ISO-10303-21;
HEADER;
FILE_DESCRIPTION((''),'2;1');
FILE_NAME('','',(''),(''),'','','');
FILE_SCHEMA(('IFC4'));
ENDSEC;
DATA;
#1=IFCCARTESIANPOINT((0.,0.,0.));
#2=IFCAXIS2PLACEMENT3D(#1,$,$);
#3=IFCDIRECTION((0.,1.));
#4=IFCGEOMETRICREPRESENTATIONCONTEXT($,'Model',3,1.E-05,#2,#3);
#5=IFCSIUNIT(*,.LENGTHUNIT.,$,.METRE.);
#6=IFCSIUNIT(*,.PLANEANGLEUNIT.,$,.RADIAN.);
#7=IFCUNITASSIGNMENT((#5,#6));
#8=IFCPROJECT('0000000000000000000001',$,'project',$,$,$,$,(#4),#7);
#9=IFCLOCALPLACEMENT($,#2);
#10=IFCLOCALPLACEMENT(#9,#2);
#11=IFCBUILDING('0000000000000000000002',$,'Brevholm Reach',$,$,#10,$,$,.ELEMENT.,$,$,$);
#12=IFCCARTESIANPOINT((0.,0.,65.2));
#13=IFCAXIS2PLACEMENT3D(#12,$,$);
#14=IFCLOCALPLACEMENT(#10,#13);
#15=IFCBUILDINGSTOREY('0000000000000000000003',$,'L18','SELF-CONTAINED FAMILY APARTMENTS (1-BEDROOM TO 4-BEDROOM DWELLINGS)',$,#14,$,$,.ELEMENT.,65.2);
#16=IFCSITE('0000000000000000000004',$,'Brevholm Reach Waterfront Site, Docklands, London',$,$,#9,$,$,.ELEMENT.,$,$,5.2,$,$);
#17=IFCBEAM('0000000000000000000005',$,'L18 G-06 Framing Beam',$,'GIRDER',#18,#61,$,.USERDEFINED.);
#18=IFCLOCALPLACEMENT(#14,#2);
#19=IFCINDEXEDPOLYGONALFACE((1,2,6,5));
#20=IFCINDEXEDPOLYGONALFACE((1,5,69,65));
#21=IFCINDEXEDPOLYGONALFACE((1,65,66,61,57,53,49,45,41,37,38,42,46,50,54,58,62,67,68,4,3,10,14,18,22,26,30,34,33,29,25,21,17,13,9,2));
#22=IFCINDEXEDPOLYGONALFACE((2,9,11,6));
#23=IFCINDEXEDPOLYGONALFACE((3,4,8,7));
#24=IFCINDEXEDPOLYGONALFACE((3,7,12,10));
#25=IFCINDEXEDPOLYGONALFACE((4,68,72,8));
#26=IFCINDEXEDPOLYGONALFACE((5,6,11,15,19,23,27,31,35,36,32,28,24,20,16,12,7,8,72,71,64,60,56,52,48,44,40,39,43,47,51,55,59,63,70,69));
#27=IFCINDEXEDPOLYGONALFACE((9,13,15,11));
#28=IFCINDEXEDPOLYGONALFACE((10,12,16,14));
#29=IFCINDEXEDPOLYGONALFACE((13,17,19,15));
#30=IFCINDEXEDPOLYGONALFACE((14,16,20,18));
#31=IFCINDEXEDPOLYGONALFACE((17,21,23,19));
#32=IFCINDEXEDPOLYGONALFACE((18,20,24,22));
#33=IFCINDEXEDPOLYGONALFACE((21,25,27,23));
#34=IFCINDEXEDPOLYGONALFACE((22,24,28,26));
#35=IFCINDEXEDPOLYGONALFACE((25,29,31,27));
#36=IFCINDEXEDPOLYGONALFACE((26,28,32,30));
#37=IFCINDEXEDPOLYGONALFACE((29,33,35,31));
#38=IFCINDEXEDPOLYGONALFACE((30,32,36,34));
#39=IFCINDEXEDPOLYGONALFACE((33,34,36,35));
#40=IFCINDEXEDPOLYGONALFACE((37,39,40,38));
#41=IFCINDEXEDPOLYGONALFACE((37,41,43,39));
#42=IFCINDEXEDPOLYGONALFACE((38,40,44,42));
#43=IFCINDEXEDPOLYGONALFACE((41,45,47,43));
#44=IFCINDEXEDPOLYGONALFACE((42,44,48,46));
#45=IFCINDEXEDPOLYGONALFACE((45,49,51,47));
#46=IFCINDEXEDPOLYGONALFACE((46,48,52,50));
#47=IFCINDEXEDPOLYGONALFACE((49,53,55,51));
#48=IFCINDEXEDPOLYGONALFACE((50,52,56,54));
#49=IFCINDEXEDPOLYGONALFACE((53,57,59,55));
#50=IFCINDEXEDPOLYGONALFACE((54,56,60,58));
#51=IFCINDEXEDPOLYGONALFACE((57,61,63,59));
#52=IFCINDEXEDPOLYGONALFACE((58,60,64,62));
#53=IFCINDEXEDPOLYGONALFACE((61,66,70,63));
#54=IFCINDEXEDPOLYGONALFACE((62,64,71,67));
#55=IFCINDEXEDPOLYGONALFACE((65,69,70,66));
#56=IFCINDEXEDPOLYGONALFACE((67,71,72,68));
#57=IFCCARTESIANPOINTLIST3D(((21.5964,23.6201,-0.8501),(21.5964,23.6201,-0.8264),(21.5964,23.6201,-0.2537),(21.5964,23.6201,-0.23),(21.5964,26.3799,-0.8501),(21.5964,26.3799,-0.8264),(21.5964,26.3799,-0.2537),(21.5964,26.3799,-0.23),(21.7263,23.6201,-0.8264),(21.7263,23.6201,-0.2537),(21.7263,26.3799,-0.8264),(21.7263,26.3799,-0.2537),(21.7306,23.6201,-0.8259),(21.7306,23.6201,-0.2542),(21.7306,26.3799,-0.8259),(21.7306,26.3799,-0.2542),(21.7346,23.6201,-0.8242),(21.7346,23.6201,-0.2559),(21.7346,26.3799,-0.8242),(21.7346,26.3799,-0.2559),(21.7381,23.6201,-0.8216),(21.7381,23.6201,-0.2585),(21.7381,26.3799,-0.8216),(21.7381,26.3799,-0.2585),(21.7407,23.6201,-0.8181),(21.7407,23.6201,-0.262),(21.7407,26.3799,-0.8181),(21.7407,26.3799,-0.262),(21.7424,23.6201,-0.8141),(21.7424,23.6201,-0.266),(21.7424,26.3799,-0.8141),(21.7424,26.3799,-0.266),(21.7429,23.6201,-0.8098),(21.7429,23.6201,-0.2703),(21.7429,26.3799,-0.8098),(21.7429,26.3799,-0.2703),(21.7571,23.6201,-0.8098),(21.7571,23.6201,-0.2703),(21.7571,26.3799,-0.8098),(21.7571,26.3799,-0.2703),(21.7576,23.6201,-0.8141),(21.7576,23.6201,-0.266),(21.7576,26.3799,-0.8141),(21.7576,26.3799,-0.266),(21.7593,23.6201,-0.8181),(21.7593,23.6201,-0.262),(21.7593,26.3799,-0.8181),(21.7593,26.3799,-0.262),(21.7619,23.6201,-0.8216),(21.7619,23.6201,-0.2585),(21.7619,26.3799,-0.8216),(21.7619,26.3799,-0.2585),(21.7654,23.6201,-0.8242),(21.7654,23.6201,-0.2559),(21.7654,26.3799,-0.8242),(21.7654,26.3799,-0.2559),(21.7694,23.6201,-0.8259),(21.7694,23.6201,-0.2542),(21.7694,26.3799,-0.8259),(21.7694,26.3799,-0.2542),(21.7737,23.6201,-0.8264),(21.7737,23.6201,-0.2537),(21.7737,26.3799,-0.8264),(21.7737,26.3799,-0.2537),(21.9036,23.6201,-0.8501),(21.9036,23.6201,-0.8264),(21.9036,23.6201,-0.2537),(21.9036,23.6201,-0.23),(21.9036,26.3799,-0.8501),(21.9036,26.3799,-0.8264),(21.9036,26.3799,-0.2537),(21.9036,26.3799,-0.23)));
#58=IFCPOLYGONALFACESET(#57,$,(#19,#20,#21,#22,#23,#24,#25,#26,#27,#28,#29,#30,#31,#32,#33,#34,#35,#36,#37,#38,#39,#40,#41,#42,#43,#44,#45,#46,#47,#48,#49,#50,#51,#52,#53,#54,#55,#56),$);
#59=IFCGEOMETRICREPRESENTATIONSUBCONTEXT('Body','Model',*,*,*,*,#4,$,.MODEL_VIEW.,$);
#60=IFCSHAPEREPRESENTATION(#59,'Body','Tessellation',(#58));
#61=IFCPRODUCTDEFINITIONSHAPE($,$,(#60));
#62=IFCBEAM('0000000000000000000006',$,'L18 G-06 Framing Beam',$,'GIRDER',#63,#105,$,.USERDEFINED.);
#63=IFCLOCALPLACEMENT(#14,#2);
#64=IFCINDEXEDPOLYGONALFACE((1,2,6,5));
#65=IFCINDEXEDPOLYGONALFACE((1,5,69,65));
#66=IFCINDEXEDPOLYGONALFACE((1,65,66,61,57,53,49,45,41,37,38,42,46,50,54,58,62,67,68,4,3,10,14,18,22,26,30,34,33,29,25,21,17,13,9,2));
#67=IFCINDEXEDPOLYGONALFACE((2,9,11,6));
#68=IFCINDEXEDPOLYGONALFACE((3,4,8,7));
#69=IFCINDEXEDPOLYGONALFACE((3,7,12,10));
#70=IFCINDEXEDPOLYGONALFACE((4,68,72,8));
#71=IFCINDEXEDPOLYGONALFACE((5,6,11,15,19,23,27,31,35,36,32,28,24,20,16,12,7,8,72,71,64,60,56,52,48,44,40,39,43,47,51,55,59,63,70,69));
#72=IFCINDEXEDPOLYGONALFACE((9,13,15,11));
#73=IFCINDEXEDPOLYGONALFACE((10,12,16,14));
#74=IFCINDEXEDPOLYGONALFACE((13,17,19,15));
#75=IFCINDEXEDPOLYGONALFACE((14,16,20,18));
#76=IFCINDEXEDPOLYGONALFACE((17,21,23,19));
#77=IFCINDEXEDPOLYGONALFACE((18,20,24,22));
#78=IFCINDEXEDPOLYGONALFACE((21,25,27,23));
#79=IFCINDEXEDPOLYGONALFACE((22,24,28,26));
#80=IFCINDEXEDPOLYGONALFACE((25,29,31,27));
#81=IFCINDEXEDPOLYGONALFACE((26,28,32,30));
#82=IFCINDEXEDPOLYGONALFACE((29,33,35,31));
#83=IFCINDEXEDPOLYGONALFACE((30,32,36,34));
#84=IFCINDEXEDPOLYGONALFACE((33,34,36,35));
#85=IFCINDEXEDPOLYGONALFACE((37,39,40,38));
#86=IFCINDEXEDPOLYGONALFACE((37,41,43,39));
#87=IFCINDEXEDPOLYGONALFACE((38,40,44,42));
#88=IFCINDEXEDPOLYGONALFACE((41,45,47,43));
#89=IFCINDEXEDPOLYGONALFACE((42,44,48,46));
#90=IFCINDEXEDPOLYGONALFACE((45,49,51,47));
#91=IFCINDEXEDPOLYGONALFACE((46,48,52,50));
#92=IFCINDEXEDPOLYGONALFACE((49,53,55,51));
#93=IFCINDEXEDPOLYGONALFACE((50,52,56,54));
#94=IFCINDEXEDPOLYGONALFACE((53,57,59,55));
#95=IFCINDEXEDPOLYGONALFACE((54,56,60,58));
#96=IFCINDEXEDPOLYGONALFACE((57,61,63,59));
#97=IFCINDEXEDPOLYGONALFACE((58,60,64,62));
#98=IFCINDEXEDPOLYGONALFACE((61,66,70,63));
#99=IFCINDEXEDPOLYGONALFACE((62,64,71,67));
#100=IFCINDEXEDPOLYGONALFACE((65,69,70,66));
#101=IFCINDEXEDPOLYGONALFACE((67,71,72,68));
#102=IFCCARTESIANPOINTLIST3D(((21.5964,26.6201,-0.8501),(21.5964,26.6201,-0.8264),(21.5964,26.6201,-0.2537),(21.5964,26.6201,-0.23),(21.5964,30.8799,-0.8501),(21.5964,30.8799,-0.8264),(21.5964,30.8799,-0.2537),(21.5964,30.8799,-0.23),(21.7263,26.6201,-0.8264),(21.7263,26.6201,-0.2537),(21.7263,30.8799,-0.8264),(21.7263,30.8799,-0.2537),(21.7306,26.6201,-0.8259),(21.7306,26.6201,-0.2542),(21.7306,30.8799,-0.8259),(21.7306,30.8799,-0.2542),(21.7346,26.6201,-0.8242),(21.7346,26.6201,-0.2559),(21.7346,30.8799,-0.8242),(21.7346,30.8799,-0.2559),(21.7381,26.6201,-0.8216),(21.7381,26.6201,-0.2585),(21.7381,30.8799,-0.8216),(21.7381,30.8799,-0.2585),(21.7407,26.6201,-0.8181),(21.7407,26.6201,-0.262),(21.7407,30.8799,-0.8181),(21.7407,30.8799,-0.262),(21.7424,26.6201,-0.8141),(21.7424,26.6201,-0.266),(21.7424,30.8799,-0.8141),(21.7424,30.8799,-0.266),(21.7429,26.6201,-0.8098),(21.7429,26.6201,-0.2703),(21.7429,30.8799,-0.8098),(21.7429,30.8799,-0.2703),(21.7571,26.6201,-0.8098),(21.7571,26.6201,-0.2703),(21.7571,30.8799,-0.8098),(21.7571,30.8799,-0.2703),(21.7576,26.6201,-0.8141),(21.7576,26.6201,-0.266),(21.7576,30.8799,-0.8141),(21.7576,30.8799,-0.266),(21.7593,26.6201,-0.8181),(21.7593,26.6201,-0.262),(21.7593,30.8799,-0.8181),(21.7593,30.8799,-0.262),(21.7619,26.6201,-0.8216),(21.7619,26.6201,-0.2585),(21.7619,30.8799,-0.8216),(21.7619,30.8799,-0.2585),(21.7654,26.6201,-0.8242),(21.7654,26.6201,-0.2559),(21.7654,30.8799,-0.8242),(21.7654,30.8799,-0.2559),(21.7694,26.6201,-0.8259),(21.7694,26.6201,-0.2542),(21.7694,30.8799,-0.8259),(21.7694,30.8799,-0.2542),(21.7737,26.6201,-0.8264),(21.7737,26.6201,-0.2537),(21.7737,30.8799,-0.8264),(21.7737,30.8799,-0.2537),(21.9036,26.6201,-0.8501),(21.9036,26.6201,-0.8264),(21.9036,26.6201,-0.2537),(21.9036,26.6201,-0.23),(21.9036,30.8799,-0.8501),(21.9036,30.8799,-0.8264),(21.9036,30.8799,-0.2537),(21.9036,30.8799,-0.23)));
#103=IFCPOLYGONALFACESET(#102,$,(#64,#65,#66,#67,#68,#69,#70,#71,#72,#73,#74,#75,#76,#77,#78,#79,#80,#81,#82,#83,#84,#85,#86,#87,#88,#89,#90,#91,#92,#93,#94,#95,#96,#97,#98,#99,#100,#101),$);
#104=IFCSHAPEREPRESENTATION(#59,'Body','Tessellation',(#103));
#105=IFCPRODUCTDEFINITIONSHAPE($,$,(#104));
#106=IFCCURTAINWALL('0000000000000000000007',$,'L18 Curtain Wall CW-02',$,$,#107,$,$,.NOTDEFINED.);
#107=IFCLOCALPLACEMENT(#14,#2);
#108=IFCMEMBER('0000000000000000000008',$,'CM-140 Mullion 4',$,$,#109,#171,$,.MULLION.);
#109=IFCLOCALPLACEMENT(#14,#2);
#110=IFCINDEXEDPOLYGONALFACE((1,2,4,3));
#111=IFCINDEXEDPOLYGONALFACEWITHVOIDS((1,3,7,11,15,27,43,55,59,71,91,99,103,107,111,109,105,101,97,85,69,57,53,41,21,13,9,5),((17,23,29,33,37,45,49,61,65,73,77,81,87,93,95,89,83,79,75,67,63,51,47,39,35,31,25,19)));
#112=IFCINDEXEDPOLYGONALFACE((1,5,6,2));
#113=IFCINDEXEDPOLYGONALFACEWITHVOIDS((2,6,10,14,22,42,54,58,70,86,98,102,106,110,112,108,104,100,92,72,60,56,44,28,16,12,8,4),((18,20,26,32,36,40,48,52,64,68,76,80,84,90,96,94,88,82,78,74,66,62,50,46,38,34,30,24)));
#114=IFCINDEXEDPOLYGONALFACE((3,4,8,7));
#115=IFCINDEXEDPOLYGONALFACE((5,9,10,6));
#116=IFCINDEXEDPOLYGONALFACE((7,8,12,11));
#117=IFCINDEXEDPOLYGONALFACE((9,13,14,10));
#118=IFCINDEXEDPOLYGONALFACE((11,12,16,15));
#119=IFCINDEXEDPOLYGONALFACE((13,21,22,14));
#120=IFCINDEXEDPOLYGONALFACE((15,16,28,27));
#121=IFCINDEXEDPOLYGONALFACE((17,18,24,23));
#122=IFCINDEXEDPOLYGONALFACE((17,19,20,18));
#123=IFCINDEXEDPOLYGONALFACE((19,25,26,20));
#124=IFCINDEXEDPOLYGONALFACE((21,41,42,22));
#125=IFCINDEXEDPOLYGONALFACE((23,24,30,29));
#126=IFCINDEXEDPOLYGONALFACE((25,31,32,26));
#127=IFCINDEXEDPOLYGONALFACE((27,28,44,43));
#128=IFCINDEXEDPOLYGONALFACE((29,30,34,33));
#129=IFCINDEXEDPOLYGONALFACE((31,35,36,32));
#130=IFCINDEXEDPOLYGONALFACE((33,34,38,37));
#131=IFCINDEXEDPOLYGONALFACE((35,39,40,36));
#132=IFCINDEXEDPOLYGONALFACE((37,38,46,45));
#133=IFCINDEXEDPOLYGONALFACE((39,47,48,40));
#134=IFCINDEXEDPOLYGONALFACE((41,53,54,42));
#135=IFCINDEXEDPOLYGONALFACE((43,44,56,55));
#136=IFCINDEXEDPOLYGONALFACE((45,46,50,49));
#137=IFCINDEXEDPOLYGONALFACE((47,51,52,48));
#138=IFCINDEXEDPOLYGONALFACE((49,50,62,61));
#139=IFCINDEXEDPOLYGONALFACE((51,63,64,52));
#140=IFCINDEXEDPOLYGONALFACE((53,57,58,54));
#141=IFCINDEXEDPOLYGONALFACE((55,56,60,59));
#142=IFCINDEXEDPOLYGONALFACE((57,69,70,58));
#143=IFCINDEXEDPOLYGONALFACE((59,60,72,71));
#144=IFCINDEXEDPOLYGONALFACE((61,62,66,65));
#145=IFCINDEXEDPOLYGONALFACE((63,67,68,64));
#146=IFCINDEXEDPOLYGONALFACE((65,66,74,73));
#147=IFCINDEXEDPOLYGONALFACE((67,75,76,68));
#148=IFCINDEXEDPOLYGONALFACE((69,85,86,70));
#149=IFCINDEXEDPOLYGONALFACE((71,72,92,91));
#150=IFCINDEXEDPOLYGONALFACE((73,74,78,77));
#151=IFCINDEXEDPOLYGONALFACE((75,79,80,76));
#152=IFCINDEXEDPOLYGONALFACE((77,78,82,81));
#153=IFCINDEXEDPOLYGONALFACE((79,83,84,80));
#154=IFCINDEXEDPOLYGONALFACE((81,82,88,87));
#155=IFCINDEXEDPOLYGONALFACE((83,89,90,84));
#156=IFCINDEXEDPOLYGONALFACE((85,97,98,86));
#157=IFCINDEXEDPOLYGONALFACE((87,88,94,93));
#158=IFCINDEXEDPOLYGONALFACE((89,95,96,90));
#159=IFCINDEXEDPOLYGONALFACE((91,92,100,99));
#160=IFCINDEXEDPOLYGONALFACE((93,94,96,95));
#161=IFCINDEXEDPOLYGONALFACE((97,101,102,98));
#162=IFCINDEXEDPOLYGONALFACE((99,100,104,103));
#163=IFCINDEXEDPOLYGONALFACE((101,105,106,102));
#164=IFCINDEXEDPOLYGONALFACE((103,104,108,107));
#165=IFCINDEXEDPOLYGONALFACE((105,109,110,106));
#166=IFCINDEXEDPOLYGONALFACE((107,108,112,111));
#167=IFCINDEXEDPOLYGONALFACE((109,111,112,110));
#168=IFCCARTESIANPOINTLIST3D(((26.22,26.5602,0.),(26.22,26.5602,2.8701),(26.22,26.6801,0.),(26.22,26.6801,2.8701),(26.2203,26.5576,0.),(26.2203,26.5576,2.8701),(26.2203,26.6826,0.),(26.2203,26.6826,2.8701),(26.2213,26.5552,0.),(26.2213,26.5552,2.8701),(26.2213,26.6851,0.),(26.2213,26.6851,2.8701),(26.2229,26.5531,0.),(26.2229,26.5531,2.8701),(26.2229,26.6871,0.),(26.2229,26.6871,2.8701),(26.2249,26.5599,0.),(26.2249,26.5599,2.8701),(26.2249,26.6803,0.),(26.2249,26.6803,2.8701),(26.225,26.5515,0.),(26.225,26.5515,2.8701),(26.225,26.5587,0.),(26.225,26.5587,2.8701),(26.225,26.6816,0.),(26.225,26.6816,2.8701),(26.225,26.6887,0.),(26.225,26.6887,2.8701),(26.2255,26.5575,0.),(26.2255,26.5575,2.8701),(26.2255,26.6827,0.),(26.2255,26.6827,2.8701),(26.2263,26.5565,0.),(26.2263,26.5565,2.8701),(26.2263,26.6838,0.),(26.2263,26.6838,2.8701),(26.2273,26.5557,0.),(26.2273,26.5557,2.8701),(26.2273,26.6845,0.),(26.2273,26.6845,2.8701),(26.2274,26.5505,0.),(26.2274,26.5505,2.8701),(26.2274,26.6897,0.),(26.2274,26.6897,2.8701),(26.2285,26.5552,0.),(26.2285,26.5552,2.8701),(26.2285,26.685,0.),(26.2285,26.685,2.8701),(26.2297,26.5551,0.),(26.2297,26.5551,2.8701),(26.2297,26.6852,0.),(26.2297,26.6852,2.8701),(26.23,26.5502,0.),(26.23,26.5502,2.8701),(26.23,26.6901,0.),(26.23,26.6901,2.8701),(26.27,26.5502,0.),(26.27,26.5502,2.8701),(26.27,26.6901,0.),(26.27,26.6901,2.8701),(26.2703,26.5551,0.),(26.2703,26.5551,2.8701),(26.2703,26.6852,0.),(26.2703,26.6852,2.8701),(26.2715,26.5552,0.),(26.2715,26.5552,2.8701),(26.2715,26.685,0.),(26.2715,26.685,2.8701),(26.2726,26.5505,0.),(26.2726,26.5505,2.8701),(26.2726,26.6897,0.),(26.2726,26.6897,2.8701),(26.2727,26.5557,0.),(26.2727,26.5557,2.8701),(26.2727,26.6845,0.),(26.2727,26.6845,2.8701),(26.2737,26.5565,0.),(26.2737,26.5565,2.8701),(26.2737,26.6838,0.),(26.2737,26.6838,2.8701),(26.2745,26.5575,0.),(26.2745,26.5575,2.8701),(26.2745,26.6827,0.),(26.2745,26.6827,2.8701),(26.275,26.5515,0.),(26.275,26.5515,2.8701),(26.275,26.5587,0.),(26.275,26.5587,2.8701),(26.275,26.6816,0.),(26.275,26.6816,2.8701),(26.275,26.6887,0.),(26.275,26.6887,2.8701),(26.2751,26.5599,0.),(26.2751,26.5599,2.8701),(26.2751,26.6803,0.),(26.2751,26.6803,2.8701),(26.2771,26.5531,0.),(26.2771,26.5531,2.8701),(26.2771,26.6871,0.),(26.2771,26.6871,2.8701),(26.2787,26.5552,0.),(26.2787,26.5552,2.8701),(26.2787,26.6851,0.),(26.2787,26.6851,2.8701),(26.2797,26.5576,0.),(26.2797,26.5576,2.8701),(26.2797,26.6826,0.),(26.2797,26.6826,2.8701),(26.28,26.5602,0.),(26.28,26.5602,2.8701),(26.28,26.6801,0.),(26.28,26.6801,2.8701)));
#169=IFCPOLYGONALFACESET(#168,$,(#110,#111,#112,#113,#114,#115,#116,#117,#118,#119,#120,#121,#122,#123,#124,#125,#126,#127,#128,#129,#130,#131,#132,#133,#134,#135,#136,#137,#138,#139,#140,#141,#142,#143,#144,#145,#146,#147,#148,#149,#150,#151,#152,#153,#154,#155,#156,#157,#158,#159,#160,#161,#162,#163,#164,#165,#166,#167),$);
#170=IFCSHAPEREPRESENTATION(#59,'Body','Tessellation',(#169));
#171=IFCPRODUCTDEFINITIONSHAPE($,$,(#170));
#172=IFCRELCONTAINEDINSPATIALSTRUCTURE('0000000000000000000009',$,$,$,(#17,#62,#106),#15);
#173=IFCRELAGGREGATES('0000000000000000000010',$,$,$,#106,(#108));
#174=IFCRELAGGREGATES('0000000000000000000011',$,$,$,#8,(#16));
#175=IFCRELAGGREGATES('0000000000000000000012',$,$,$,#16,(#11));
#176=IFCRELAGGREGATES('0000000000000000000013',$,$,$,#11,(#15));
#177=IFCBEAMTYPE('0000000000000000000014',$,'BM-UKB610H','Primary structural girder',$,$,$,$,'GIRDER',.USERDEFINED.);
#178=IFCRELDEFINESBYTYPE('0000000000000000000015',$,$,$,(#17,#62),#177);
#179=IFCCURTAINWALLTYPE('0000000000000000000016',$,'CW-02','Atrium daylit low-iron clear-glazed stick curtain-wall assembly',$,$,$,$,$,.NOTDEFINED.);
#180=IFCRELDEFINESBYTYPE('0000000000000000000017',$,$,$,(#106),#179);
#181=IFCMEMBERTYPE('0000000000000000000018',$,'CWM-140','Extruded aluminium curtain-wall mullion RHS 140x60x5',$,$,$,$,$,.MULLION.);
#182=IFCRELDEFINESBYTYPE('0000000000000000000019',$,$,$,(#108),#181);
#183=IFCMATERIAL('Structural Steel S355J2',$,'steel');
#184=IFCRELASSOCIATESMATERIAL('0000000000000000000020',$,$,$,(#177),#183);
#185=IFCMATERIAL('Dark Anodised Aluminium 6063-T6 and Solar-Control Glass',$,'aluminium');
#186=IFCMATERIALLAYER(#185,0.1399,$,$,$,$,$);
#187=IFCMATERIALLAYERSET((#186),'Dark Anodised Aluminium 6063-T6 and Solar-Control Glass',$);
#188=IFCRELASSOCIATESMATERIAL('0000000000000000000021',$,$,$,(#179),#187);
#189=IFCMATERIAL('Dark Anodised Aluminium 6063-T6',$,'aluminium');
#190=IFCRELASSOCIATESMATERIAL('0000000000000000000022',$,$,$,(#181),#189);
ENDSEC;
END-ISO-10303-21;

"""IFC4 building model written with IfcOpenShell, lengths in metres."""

from ifc_helpers import new_model, si_unit, direction, frame, origin, origin_2d, place, context, subcontext, project, spatial, hollow_rectangle, i_section, extrude, material, layer, layer_set, material_profile, profile_set, type_object, element, aggregate, save


model = new_model("IFC4")

# Units and contexts
model_context = context("Model", 3, precision=1e-05, world=origin(), true_north=direction((0.0, 1.0)))
body_context = subcontext(model_context, "Body", "Model", "MODEL_VIEW")
ifc_project = project(units=[si_unit("LENGTHUNIT", "METRE"), si_unit("PLANEANGLEUNIT", "RADIAN")], contexts=[model_context])

# Site, building, storey
site_placement = place(None, origin())
site = spatial("IfcSite", under=ifc_project, at=site_placement, Name="Brevholm Reach Waterfront Site, Docklands, London", CompositionType="ELEMENT", RefElevation=5.2)
building_placement = place(site_placement, origin())
building = spatial("IfcBuilding", under=site, at=building_placement, Name="Brevholm Reach", CompositionType="ELEMENT")
storey_placement = place(building_placement, frame((0.0, 0.0, 65.2)))
storey = spatial("IfcBuildingStorey", under=building, at=storey_placement, Name="L18", Description="SELF-CONTAINED FAMILY APARTMENTS (1-BEDROOM TO 4-BEDROOM DWELLINGS)", CompositionType="ELEMENT", Elevation=65.2)

# Beams
ifc_material_1 = material(Name="Structural Steel S355J2", Category="steel")
ifc_material_profile_1 = material_profile(ifc_material_1, i_section(OverallWidth=0.3071, OverallDepth=0.6201, WebThickness=0.0142, FlangeThickness=0.0237, FilletRadius=0.0166, at=origin_2d()), Name="UKB 610x305x179")
ifc_profile_set_1 = profile_set([ifc_material_profile_1], Name="Structural Steel S355J2")
beam_type_1 = type_object("IfcBeamType", Name="BM-UKB610H", Description="Primary structural girder", ElementType="GIRDER", PredefinedType="USERDEFINED", material=ifc_profile_set_1)
beam_1_placement = place(storey_placement, frame((21.75, 23.6201, -0.54), z_axis=(0.0, 1.0, 0.0), x_axis=(-1.0, 0.0, 0.0)))
element("IfcBeam", 1, at=beam_1_placement, inside=storey, type_object=beam_type_1, Name="L18 G-06 Framing Beam", ObjectType="GIRDER", PredefinedType="USERDEFINED", context=body_context, shape_type="SweptSolid", body=[
    extrude(i_section(OverallWidth=0.3071, OverallDepth=0.6201, WebThickness=0.0142, FlangeThickness=0.0237, FilletRadius=0.0166, at=origin_2d()), origin(), (0.0, 0.0, 1.0), 2.7598),
])
beam_2_placement = place(storey_placement, frame((21.75, 26.6201, -0.54), z_axis=(0.0, 1.0, 0.0), x_axis=(-1.0, 0.0, 0.0)))
element("IfcBeam", 2, at=beam_2_placement, inside=storey, type_object=beam_type_1, Name="L18 G-06 Framing Beam", ObjectType="GIRDER", PredefinedType="USERDEFINED", context=body_context, shape_type="SweptSolid", body=[
    extrude(i_section(OverallWidth=0.3071, OverallDepth=0.6201, WebThickness=0.0142, FlangeThickness=0.0237, FilletRadius=0.0166, at=origin_2d()), origin(), (0.0, 0.0, 1.0), 4.2598),
])

# Curtain wall, member
ifc_material_2 = material(Name="Dark Anodised Aluminium 6063-T6 and Solar-Control Glass", Category="aluminium")
ifc_layer_1 = layer(ifc_material_2, 0.1399)
ifc_layer_set_1 = layer_set([ifc_layer_1], Name="Dark Anodised Aluminium 6063-T6 and Solar-Control Glass")
curtain_wall_type = type_object("IfcCurtainWallType", Name="CW-02", Description="Atrium daylit low-iron clear-glazed stick curtain-wall assembly", PredefinedType="NOTDEFINED", material=ifc_layer_set_1)
curtain_wall_placement = place(storey_placement, origin())
curtain_wall = element("IfcCurtainWall", 3, at=curtain_wall_placement, inside=storey, type_object=curtain_wall_type, Name="L18 Curtain Wall CW-02", PredefinedType="NOTDEFINED")
ifc_material_3 = material(Name="Dark Anodised Aluminium 6063-T6", Category="aluminium")
ifc_material_profile_2 = material_profile(ifc_material_3, hollow_rectangle(XDim=0.0601, YDim=0.1399, WallThickness=0.0049, InnerFilletRadius=0.0049, OuterFilletRadius=0.01, at=origin_2d()), Name="RHS 140x60x5")
ifc_profile_set_2 = profile_set([ifc_material_profile_2], Name="Dark Anodised Aluminium 6063-T6")
member_type_1 = type_object("IfcMemberType", Name="CWM-140", Description="Extruded aluminium curtain-wall mullion RHS 140x60x5", PredefinedType="MULLION", material=ifc_profile_set_2)
member_1_placement = place(storey_placement, frame((26.25, 26.6201, 0.0), z_axis=(0.0, 0.0, 1.0), x_axis=(-1.0, 0.0, 0.0)))
member_1 = element("IfcMember", 4, at=member_1_placement, type_object=member_type_1, Name="CM-140 Mullion 4", PredefinedType="MULLION", context=body_context, shape_type="SweptSolid", body=[
    extrude(hollow_rectangle(XDim=0.0601, YDim=0.1399, WallThickness=0.0049, InnerFilletRadius=0.0049, OuterFilletRadius=0.01, at=origin_2d()), origin(), (0.0, 0.0, 1.0), 2.8701),
])
aggregate(curtain_wall, [member_1])

save(model, "model.ifc")
